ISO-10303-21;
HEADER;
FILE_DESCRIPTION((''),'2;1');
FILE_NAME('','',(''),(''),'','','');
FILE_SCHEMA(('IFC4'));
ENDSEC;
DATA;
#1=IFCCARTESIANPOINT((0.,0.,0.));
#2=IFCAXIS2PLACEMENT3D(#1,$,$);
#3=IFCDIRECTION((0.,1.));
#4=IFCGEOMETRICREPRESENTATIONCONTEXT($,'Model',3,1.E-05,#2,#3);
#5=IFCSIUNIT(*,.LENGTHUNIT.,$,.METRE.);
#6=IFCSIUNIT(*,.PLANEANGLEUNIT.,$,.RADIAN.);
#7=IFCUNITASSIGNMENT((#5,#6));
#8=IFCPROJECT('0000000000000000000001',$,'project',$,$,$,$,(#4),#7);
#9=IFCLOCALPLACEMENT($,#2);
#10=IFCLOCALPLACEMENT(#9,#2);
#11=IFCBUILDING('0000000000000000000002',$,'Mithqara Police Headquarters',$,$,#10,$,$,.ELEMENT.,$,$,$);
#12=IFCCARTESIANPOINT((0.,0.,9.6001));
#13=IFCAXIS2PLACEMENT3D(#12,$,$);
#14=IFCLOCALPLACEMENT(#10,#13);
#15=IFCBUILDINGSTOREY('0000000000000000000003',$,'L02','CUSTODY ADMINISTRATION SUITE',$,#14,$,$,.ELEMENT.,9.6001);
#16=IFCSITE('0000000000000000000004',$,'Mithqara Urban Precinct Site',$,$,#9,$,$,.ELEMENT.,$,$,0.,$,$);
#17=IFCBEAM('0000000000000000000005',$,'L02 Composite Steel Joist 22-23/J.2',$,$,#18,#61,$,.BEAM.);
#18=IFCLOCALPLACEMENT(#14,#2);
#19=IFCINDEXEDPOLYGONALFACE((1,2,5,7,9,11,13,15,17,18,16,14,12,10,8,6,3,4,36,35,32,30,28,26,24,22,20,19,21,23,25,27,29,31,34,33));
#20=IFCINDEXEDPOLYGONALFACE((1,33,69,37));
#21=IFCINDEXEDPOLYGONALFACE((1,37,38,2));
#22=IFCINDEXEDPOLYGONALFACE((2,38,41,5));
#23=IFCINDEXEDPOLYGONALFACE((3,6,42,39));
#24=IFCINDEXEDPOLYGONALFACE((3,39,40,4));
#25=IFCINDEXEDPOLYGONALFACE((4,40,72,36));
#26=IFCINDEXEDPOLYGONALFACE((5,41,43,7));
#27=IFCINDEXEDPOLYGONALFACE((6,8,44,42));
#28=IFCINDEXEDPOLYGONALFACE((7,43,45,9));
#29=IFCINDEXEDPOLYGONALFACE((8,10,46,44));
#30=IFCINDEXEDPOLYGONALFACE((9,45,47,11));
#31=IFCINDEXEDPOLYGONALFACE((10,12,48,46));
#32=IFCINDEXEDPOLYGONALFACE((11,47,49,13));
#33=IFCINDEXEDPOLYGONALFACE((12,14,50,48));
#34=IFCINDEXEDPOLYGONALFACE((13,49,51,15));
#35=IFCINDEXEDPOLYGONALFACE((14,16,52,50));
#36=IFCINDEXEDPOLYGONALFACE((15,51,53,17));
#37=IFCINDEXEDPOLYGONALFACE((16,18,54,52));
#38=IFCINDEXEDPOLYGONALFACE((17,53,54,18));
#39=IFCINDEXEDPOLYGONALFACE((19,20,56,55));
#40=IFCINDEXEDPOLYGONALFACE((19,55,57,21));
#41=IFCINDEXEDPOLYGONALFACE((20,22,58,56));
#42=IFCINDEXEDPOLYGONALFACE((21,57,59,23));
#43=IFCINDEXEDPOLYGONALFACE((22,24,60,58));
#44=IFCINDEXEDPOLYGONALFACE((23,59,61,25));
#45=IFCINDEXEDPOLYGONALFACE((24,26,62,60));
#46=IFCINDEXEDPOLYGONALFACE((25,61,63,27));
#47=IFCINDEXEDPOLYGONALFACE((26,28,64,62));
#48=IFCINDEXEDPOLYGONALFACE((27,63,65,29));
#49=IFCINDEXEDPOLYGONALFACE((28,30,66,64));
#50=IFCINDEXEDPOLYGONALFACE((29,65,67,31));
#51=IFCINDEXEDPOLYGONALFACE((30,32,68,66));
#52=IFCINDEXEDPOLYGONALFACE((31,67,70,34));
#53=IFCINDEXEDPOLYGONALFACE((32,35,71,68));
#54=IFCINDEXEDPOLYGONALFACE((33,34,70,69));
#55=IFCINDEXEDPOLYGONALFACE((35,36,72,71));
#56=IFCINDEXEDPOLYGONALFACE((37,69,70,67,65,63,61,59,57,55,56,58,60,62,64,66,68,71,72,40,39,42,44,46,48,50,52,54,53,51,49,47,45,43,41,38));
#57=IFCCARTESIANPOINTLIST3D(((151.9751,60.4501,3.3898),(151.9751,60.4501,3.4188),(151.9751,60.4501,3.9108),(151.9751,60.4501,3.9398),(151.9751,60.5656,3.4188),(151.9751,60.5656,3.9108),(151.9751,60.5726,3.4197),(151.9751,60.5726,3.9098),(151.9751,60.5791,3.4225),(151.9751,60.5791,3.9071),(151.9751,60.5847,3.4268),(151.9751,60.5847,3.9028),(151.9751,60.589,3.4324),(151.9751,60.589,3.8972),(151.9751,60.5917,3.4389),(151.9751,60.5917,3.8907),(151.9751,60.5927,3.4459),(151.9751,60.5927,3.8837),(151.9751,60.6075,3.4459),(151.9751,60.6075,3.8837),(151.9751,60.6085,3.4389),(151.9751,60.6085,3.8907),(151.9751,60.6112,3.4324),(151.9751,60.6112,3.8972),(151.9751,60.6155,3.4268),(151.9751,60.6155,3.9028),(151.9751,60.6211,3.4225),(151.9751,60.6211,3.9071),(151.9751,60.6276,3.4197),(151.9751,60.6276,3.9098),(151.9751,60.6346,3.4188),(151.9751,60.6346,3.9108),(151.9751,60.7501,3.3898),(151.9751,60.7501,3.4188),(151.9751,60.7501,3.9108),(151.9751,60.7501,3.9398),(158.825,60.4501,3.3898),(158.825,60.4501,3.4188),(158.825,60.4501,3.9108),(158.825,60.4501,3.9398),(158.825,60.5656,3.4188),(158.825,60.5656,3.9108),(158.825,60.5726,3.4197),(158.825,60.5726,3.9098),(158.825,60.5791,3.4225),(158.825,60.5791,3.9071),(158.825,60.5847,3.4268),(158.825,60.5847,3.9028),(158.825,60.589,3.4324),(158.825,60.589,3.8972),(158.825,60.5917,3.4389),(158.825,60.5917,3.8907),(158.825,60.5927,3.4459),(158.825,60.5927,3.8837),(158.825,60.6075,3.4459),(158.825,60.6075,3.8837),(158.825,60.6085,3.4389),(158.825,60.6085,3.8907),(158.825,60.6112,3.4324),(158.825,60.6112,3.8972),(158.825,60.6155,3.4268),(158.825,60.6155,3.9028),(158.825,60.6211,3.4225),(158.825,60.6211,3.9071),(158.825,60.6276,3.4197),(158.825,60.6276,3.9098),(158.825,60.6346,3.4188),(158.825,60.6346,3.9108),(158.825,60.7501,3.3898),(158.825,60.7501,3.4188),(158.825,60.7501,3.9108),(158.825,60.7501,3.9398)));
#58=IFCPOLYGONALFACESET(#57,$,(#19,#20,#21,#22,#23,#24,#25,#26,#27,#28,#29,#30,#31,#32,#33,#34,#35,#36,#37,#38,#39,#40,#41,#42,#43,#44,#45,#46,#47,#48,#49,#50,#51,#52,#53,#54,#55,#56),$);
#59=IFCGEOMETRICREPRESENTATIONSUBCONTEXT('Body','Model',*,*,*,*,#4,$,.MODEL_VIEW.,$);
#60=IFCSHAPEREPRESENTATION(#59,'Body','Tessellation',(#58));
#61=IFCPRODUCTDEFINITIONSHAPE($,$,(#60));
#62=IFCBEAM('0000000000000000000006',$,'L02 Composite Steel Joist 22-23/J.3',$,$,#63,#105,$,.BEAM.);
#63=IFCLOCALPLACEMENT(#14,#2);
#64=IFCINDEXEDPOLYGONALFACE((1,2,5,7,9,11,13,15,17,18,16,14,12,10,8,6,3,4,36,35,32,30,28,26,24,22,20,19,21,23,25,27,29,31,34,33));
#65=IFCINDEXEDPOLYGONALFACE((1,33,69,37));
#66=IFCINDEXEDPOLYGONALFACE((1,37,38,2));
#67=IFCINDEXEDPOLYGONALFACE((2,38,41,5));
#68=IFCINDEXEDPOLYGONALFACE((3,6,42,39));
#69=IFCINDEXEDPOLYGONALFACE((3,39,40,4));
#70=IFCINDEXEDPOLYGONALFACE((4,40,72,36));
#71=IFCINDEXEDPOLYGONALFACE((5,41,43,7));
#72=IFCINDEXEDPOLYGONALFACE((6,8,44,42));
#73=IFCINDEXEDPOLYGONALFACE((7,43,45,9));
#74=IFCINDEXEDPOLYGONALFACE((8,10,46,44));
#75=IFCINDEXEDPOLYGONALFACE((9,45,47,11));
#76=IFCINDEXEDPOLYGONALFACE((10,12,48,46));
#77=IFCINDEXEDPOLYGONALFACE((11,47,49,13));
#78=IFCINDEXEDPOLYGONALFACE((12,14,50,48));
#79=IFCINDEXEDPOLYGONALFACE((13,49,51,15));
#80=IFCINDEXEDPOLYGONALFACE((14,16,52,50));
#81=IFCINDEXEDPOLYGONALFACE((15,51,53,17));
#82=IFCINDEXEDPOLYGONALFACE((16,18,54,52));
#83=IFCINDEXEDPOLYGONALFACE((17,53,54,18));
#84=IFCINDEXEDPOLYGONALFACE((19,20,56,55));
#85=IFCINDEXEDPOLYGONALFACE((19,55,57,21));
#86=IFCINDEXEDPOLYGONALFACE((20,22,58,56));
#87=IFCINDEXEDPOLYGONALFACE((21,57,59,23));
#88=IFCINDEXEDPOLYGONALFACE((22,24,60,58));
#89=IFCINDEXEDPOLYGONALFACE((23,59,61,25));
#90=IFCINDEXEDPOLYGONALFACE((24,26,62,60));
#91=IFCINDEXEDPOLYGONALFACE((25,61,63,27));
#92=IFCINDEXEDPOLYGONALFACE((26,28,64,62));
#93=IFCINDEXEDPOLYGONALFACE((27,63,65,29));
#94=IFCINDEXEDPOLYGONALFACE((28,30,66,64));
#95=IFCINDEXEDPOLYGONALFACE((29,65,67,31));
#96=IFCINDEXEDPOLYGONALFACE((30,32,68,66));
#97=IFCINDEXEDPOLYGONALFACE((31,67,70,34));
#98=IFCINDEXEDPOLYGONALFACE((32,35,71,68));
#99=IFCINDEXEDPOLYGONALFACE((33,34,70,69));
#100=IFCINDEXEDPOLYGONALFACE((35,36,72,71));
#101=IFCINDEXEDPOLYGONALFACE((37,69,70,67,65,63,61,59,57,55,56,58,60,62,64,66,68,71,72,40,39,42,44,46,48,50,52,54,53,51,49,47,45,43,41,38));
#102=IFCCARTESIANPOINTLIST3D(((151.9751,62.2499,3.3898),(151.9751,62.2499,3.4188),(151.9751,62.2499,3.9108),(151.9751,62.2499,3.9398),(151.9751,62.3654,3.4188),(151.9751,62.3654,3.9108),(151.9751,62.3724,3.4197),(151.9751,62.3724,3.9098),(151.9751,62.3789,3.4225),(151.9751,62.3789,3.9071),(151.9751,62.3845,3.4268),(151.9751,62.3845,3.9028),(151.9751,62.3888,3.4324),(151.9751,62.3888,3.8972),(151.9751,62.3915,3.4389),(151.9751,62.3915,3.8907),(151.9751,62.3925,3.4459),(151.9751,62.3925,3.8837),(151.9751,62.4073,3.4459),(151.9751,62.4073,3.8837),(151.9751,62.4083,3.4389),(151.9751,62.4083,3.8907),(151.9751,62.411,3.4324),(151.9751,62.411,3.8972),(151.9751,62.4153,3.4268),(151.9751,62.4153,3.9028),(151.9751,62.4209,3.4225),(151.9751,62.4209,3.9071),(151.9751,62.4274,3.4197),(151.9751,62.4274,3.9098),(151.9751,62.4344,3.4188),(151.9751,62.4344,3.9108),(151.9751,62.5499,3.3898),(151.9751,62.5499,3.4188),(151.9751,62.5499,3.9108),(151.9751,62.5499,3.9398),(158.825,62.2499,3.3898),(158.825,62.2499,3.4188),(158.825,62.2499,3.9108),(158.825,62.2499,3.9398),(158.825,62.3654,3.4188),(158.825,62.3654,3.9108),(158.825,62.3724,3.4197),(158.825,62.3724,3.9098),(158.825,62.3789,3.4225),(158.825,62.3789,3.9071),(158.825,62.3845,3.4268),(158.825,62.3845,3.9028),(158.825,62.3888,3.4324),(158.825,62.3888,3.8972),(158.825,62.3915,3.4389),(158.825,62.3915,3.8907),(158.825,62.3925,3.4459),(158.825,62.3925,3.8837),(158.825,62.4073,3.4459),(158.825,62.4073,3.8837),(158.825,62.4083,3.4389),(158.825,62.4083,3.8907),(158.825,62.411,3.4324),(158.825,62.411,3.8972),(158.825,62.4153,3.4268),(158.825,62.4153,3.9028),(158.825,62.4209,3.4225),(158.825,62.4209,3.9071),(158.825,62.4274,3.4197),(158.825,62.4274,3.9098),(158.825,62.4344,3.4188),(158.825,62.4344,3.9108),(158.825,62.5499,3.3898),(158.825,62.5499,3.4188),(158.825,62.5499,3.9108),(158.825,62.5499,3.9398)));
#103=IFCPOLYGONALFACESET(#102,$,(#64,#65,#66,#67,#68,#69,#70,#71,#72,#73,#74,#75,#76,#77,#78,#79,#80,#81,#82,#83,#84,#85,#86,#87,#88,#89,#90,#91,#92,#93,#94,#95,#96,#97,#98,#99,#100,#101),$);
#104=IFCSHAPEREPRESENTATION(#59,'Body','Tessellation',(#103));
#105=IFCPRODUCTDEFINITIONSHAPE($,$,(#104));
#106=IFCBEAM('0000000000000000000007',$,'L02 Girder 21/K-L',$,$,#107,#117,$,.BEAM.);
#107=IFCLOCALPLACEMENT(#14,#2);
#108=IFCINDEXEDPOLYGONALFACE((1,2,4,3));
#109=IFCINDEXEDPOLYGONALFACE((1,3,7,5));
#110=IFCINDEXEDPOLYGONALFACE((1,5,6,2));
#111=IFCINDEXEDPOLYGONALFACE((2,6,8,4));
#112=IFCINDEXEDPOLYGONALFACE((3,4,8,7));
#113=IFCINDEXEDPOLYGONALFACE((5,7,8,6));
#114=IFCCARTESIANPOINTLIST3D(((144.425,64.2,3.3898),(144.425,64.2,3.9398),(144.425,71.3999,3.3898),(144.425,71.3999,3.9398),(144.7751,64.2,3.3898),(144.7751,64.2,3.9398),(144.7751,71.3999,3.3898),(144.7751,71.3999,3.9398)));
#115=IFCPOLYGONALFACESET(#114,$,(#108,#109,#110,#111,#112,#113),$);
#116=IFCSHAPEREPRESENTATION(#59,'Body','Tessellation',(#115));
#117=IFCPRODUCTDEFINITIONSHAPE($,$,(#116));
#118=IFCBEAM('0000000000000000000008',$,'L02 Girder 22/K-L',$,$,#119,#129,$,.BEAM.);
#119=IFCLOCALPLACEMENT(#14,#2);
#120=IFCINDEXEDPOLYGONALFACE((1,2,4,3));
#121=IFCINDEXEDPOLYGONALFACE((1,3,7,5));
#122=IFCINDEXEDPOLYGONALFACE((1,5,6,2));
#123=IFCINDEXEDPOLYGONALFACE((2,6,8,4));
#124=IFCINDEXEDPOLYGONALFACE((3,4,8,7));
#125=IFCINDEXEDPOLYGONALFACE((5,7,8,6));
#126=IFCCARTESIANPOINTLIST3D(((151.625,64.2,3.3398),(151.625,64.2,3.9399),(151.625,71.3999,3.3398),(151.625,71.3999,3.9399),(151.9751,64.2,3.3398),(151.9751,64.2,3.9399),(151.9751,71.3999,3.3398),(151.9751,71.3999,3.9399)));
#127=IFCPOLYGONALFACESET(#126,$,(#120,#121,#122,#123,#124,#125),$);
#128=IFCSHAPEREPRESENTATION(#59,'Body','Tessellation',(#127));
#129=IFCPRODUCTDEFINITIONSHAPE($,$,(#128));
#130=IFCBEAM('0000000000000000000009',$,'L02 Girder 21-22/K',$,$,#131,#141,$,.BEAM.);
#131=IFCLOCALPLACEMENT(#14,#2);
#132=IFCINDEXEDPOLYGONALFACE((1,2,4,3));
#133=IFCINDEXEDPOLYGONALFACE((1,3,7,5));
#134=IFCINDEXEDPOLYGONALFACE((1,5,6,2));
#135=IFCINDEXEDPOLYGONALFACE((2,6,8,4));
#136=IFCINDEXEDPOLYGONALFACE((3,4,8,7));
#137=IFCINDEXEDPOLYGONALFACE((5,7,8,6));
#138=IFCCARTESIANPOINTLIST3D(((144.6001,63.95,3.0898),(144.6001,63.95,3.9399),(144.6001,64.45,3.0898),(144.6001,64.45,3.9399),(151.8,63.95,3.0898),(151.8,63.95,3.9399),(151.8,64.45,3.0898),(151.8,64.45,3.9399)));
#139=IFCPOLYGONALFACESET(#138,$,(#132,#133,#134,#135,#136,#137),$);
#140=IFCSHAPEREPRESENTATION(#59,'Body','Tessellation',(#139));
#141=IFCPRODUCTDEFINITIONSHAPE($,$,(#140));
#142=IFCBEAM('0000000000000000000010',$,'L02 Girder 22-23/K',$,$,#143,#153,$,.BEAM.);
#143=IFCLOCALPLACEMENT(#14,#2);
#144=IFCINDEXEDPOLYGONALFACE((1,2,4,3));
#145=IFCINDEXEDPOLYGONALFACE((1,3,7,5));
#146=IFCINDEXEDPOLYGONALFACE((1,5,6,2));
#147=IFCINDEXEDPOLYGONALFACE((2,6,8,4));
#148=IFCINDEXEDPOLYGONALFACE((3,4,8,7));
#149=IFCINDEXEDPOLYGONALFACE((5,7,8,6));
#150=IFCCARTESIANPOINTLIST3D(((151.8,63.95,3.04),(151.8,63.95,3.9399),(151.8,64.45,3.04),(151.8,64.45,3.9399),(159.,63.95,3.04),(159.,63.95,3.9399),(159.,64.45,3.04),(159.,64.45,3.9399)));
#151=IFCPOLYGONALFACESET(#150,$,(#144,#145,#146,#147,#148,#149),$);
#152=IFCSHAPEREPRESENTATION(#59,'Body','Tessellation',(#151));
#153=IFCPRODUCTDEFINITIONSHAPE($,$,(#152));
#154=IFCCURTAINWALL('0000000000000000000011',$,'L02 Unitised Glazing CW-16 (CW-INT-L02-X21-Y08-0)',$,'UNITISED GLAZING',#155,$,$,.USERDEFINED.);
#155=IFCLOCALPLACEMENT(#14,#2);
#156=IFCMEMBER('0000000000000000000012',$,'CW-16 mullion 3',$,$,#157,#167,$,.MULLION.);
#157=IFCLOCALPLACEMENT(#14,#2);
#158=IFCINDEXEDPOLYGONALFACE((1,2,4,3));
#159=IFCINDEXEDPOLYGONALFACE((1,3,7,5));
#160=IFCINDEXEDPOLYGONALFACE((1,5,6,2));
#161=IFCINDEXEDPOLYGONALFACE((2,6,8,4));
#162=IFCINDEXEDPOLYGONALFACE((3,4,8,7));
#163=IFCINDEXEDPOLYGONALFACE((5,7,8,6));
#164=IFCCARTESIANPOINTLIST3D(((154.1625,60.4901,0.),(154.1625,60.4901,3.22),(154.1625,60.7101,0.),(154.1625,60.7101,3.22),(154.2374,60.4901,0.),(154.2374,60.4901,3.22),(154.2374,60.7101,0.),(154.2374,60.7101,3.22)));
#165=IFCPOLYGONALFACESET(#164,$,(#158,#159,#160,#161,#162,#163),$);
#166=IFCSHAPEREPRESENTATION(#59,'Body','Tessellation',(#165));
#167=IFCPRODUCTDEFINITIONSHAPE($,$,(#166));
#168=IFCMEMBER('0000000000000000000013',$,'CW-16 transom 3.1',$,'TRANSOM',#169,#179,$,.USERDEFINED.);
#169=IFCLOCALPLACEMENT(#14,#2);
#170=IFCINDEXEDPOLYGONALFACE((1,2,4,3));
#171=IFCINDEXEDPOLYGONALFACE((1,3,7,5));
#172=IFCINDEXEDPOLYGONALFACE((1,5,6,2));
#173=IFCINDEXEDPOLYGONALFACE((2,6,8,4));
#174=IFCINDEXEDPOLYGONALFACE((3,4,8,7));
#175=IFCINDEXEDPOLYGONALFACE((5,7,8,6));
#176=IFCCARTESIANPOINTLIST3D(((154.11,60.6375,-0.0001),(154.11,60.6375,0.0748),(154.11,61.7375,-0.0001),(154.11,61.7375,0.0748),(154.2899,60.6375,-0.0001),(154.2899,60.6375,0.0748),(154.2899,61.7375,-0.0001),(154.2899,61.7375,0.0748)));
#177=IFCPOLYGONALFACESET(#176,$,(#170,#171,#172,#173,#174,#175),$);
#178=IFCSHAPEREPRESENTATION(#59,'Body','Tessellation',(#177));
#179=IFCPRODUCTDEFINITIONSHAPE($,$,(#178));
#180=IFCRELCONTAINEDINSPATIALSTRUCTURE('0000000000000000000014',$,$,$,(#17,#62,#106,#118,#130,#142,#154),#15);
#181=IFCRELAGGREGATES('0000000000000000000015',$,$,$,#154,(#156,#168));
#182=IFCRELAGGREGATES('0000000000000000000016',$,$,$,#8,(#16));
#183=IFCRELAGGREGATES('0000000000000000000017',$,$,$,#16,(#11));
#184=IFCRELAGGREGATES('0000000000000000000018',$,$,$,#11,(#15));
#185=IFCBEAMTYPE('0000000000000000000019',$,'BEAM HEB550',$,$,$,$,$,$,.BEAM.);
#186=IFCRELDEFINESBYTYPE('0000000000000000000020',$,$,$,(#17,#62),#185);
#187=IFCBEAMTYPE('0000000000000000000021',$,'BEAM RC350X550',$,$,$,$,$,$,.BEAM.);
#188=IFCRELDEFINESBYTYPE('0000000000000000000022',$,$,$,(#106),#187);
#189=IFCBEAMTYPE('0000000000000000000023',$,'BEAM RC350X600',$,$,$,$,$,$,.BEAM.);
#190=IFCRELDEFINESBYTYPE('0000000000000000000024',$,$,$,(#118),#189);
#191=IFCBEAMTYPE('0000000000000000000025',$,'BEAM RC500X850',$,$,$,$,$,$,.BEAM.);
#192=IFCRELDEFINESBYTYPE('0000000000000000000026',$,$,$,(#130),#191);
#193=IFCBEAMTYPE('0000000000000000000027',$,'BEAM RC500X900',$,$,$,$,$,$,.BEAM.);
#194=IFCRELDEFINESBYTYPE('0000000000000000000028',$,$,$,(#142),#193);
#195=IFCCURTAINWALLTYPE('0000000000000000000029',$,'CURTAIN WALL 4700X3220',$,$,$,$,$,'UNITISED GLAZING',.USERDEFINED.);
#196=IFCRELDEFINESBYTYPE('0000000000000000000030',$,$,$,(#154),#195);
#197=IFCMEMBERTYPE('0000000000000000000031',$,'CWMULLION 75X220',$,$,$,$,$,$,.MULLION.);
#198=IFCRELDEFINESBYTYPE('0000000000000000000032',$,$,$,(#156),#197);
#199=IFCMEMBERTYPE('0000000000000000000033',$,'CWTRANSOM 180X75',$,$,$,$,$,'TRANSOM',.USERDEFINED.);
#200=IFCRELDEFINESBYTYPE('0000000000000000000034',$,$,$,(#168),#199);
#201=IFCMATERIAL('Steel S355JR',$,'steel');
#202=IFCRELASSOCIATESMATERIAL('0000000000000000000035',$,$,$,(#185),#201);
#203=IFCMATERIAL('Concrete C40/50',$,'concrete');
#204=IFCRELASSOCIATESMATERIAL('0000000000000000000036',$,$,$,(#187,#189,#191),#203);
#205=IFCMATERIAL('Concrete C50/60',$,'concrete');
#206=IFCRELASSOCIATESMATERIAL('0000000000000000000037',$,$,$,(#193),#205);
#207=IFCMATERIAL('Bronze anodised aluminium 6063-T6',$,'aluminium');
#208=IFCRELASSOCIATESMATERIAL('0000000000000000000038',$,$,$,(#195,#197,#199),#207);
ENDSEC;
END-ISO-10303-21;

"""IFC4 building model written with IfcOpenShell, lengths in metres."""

from ifc_helpers import new_model, si_unit, direction, frame, origin, origin_2d, place, context, subcontext, project, spatial, rectangle, i_section, extrude, material, material_profile, profile_set, type_object, element, aggregate, save


model = new_model("IFC4")

# Units and contexts
model_context = context("Model", 3, precision=1e-05, world=origin(), true_north=direction((0.0, 1.0)))
body_context = subcontext(model_context, "Body", "Model", "MODEL_VIEW")
ifc_project = project(units=[si_unit("LENGTHUNIT", "METRE"), si_unit("PLANEANGLEUNIT", "RADIAN")], contexts=[model_context])

# Site, building, storey
site_placement = place(None, origin())
site = spatial("IfcSite", under=ifc_project, at=site_placement, Name="Mithqara Urban Precinct Site", CompositionType="ELEMENT", RefElevation=0.0)
building_placement = place(site_placement, origin())
building = spatial("IfcBuilding", under=site, at=building_placement, Name="Mithqara Police Headquarters", CompositionType="ELEMENT")
storey_placement = place(building_placement, frame((0.0, 0.0, 9.6001)))
storey = spatial("IfcBuildingStorey", under=building, at=storey_placement, Name="L02", Description="CUSTODY ADMINISTRATION SUITE", CompositionType="ELEMENT", Elevation=9.6001)

# Shared definitions
ifc_material_1 = material(Name="Concrete C50/60", Category="concrete")

# Beams
ifc_material_2 = material(Name="Steel S355JR", Category="steel")
ifc_material_profile_1 = material_profile(ifc_material_2, i_section(OverallWidth=0.3, OverallDepth=0.55, WebThickness=0.0149, FlangeThickness=0.0291, FilletRadius=0.0271, at=origin_2d()), Name="HEB 550")
ifc_profile_set_1 = profile_set([ifc_material_profile_1], Name="Steel S355JR")
beam_type_1 = type_object("IfcBeamType", Name="BEAM HEB550", PredefinedType="BEAM", material=ifc_profile_set_1)
for number, where, z_axis, x_axis, name in (
    (1, (151.9751, 60.6001, 3.6648), (1.0, 0.0, 0.0), (0.0, 1.0, 0.0), "L02 Composite Steel Joist 22-23/J.2"),
    (2, (151.9751, 62.3999, 3.6648), (1.0, 0.0, 0.0), (0.0, 1.0, 0.0), "L02 Composite Steel Joist 22-23/J.3"),
):
    element("IfcBeam", number, at=place(storey_placement, frame(where, z_axis=z_axis, x_axis=x_axis)), inside=storey, type_object=beam_type_1, Name=name, PredefinedType="BEAM", context=body_context, shape_type="SweptSolid", body=[
        extrude(i_section(OverallWidth=0.3, OverallDepth=0.55, WebThickness=0.0149, FlangeThickness=0.0291, FilletRadius=0.0271, at=origin_2d()), origin(), (0.0, 0.0, 1.0), 6.8499),
    ])
ifc_material_3 = material(Name="Concrete C40/50", Category="concrete")
ifc_material_profile_2 = material_profile(ifc_material_3, rectangle(XDim=0.3501, YDim=0.55, at=origin_2d()), Name="RC 350x550")
ifc_profile_set_2 = profile_set([ifc_material_profile_2], Name="Concrete C40/50")
beam_type_2 = type_object("IfcBeamType", Name="BEAM RC350X550", PredefinedType="BEAM", material=ifc_profile_set_2)
beam_1_placement = place(storey_placement, frame((144.6001, 64.2, 3.6648), z_axis=(0.0, 1.0, 0.0), x_axis=(-1.0, 0.0, 0.0)))
element("IfcBeam", 3, at=beam_1_placement, inside=storey, type_object=beam_type_2, Name="L02 Girder 21/K-L", PredefinedType="BEAM", context=body_context, shape_type="SweptSolid", body=[
    extrude(rectangle(XDim=0.3501, YDim=0.55, at=origin_2d()), origin(), (0.0, 0.0, 1.0), 7.2),
])
ifc_material_profile_3 = material_profile(ifc_material_3, rectangle(XDim=0.3501, YDim=0.6001, at=origin_2d()), Name="RC 350x600")
ifc_profile_set_3 = profile_set([ifc_material_profile_3], Name="Concrete C40/50")
beam_type_3 = type_object("IfcBeamType", Name="BEAM RC350X600", PredefinedType="BEAM", material=ifc_profile_set_3)
beam_2_placement = place(storey_placement, frame((151.8, 64.2, 3.6399), z_axis=(0.0, 1.0, 0.0), x_axis=(-1.0, 0.0, 0.0)))
element("IfcBeam", 4, at=beam_2_placement, inside=storey, type_object=beam_type_3, Name="L02 Girder 22/K-L", PredefinedType="BEAM", context=body_context, shape_type="SweptSolid", body=[
    extrude(rectangle(XDim=0.3501, YDim=0.6001, at=origin_2d()), origin(), (0.0, 0.0, 1.0), 7.2),
])
ifc_material_profile_4 = material_profile(ifc_material_3, rectangle(XDim=0.5, YDim=0.8501, at=origin_2d()), Name="RC 500x850")
ifc_profile_set_4 = profile_set([ifc_material_profile_4], Name="Concrete C40/50")
beam_type_4 = type_object("IfcBeamType", Name="BEAM RC500X850", PredefinedType="BEAM", material=ifc_profile_set_4)
beam_3_placement = place(storey_placement, frame((144.6001, 64.2, 3.5149), z_axis=(1.0, 0.0, 0.0), x_axis=(0.0, 1.0, 0.0)))
element("IfcBeam", 5, at=beam_3_placement, inside=storey, type_object=beam_type_4, Name="L02 Girder 21-22/K", PredefinedType="BEAM", context=body_context, shape_type="SweptSolid", body=[
    extrude(rectangle(XDim=0.5, YDim=0.8501, at=origin_2d()), origin(), (0.0, 0.0, 1.0), 7.2),
])
ifc_material_profile_5 = material_profile(ifc_material_1, rectangle(XDim=0.5, YDim=0.8999, at=origin_2d()), Name="RC 500x900")
ifc_profile_set_5 = profile_set([ifc_material_profile_5], Name="Concrete C50/60")
beam_type_5 = type_object("IfcBeamType", Name="BEAM RC500X900", PredefinedType="BEAM", material=ifc_profile_set_5)
beam_4_placement = place(storey_placement, frame((151.8, 64.2, 3.49), z_axis=(1.0, 0.0, 0.0), x_axis=(0.0, 1.0, 0.0)))
element("IfcBeam", 6, at=beam_4_placement, inside=storey, type_object=beam_type_5, Name="L02 Girder 22-23/K", PredefinedType="BEAM", context=body_context, shape_type="SweptSolid", body=[
    extrude(rectangle(XDim=0.5, YDim=0.8999, at=origin_2d()), origin(), (0.0, 0.0, 1.0), 7.2),
])

# Curtain wall, members
ifc_material_4 = material(Name="Bronze anodised aluminium 6063-T6", Category="aluminium")
curtain_wall_type = type_object("IfcCurtainWallType", Name="CURTAIN WALL 4700X3220", ElementType="UNITISED GLAZING", PredefinedType="USERDEFINED", material=ifc_material_4)
curtain_wall_placement = place(storey_placement, origin())
curtain_wall = element("IfcCurtainWall", 7, at=curtain_wall_placement, inside=storey, type_object=curtain_wall_type, Name="L02 Unitised Glazing CW-16 (CW-INT-L02-X21-Y08-0)", ObjectType="UNITISED GLAZING", PredefinedType="USERDEFINED")
ifc_material_profile_6 = material_profile(ifc_material_4, rectangle(XDim=0.075, YDim=0.22, at=origin_2d()), Name="CWM 75x220")
ifc_profile_set_6 = profile_set([ifc_material_profile_6], Name="Bronze anodised aluminium 6063-T6")
member_type_1 = type_object("IfcMemberType", Name="CWMULLION 75X220", PredefinedType="MULLION", material=ifc_profile_set_6)
member_1_placement = place(storey_placement, frame((154.2, 60.6001, 0.0), z_axis=(0.0, 0.0, 1.0), x_axis=(-1.0, 0.0, 0.0)))
member_1 = element("IfcMember", 8, at=member_1_placement, type_object=member_type_1, Name="CW-16 mullion 3", PredefinedType="MULLION", context=body_context, shape_type="SweptSolid", body=[
    extrude(rectangle(XDim=0.075, YDim=0.22, at=origin_2d()), origin(), (0.0, 0.0, 1.0), 3.22),
])
ifc_material_profile_7 = material_profile(ifc_material_4, rectangle(XDim=0.1799, YDim=0.075, at=origin_2d()), Name="CWT 180x75")
ifc_profile_set_7 = profile_set([ifc_material_profile_7], Name="Bronze anodised aluminium 6063-T6")
member_type_2 = type_object("IfcMemberType", Name="CWTRANSOM 180X75", ElementType="TRANSOM", PredefinedType="USERDEFINED", material=ifc_profile_set_7)
member_2_placement = place(storey_placement, frame((154.2, 60.6375, 0.0374), z_axis=(0.0, 1.0, 0.0), x_axis=(-1.0, 0.0, 0.0)))
member_2 = element("IfcMember", 9, at=member_2_placement, type_object=member_type_2, Name="CW-16 transom 3.1", ObjectType="TRANSOM", PredefinedType="USERDEFINED", context=body_context, shape_type="SweptSolid", body=[
    extrude(rectangle(XDim=0.1799, YDim=0.075, at=origin_2d()), origin(), (0.0, 0.0, 1.0), 1.1001),
])
aggregate(curtain_wall, [member_1, member_2])

save(model, "model.ifc")
